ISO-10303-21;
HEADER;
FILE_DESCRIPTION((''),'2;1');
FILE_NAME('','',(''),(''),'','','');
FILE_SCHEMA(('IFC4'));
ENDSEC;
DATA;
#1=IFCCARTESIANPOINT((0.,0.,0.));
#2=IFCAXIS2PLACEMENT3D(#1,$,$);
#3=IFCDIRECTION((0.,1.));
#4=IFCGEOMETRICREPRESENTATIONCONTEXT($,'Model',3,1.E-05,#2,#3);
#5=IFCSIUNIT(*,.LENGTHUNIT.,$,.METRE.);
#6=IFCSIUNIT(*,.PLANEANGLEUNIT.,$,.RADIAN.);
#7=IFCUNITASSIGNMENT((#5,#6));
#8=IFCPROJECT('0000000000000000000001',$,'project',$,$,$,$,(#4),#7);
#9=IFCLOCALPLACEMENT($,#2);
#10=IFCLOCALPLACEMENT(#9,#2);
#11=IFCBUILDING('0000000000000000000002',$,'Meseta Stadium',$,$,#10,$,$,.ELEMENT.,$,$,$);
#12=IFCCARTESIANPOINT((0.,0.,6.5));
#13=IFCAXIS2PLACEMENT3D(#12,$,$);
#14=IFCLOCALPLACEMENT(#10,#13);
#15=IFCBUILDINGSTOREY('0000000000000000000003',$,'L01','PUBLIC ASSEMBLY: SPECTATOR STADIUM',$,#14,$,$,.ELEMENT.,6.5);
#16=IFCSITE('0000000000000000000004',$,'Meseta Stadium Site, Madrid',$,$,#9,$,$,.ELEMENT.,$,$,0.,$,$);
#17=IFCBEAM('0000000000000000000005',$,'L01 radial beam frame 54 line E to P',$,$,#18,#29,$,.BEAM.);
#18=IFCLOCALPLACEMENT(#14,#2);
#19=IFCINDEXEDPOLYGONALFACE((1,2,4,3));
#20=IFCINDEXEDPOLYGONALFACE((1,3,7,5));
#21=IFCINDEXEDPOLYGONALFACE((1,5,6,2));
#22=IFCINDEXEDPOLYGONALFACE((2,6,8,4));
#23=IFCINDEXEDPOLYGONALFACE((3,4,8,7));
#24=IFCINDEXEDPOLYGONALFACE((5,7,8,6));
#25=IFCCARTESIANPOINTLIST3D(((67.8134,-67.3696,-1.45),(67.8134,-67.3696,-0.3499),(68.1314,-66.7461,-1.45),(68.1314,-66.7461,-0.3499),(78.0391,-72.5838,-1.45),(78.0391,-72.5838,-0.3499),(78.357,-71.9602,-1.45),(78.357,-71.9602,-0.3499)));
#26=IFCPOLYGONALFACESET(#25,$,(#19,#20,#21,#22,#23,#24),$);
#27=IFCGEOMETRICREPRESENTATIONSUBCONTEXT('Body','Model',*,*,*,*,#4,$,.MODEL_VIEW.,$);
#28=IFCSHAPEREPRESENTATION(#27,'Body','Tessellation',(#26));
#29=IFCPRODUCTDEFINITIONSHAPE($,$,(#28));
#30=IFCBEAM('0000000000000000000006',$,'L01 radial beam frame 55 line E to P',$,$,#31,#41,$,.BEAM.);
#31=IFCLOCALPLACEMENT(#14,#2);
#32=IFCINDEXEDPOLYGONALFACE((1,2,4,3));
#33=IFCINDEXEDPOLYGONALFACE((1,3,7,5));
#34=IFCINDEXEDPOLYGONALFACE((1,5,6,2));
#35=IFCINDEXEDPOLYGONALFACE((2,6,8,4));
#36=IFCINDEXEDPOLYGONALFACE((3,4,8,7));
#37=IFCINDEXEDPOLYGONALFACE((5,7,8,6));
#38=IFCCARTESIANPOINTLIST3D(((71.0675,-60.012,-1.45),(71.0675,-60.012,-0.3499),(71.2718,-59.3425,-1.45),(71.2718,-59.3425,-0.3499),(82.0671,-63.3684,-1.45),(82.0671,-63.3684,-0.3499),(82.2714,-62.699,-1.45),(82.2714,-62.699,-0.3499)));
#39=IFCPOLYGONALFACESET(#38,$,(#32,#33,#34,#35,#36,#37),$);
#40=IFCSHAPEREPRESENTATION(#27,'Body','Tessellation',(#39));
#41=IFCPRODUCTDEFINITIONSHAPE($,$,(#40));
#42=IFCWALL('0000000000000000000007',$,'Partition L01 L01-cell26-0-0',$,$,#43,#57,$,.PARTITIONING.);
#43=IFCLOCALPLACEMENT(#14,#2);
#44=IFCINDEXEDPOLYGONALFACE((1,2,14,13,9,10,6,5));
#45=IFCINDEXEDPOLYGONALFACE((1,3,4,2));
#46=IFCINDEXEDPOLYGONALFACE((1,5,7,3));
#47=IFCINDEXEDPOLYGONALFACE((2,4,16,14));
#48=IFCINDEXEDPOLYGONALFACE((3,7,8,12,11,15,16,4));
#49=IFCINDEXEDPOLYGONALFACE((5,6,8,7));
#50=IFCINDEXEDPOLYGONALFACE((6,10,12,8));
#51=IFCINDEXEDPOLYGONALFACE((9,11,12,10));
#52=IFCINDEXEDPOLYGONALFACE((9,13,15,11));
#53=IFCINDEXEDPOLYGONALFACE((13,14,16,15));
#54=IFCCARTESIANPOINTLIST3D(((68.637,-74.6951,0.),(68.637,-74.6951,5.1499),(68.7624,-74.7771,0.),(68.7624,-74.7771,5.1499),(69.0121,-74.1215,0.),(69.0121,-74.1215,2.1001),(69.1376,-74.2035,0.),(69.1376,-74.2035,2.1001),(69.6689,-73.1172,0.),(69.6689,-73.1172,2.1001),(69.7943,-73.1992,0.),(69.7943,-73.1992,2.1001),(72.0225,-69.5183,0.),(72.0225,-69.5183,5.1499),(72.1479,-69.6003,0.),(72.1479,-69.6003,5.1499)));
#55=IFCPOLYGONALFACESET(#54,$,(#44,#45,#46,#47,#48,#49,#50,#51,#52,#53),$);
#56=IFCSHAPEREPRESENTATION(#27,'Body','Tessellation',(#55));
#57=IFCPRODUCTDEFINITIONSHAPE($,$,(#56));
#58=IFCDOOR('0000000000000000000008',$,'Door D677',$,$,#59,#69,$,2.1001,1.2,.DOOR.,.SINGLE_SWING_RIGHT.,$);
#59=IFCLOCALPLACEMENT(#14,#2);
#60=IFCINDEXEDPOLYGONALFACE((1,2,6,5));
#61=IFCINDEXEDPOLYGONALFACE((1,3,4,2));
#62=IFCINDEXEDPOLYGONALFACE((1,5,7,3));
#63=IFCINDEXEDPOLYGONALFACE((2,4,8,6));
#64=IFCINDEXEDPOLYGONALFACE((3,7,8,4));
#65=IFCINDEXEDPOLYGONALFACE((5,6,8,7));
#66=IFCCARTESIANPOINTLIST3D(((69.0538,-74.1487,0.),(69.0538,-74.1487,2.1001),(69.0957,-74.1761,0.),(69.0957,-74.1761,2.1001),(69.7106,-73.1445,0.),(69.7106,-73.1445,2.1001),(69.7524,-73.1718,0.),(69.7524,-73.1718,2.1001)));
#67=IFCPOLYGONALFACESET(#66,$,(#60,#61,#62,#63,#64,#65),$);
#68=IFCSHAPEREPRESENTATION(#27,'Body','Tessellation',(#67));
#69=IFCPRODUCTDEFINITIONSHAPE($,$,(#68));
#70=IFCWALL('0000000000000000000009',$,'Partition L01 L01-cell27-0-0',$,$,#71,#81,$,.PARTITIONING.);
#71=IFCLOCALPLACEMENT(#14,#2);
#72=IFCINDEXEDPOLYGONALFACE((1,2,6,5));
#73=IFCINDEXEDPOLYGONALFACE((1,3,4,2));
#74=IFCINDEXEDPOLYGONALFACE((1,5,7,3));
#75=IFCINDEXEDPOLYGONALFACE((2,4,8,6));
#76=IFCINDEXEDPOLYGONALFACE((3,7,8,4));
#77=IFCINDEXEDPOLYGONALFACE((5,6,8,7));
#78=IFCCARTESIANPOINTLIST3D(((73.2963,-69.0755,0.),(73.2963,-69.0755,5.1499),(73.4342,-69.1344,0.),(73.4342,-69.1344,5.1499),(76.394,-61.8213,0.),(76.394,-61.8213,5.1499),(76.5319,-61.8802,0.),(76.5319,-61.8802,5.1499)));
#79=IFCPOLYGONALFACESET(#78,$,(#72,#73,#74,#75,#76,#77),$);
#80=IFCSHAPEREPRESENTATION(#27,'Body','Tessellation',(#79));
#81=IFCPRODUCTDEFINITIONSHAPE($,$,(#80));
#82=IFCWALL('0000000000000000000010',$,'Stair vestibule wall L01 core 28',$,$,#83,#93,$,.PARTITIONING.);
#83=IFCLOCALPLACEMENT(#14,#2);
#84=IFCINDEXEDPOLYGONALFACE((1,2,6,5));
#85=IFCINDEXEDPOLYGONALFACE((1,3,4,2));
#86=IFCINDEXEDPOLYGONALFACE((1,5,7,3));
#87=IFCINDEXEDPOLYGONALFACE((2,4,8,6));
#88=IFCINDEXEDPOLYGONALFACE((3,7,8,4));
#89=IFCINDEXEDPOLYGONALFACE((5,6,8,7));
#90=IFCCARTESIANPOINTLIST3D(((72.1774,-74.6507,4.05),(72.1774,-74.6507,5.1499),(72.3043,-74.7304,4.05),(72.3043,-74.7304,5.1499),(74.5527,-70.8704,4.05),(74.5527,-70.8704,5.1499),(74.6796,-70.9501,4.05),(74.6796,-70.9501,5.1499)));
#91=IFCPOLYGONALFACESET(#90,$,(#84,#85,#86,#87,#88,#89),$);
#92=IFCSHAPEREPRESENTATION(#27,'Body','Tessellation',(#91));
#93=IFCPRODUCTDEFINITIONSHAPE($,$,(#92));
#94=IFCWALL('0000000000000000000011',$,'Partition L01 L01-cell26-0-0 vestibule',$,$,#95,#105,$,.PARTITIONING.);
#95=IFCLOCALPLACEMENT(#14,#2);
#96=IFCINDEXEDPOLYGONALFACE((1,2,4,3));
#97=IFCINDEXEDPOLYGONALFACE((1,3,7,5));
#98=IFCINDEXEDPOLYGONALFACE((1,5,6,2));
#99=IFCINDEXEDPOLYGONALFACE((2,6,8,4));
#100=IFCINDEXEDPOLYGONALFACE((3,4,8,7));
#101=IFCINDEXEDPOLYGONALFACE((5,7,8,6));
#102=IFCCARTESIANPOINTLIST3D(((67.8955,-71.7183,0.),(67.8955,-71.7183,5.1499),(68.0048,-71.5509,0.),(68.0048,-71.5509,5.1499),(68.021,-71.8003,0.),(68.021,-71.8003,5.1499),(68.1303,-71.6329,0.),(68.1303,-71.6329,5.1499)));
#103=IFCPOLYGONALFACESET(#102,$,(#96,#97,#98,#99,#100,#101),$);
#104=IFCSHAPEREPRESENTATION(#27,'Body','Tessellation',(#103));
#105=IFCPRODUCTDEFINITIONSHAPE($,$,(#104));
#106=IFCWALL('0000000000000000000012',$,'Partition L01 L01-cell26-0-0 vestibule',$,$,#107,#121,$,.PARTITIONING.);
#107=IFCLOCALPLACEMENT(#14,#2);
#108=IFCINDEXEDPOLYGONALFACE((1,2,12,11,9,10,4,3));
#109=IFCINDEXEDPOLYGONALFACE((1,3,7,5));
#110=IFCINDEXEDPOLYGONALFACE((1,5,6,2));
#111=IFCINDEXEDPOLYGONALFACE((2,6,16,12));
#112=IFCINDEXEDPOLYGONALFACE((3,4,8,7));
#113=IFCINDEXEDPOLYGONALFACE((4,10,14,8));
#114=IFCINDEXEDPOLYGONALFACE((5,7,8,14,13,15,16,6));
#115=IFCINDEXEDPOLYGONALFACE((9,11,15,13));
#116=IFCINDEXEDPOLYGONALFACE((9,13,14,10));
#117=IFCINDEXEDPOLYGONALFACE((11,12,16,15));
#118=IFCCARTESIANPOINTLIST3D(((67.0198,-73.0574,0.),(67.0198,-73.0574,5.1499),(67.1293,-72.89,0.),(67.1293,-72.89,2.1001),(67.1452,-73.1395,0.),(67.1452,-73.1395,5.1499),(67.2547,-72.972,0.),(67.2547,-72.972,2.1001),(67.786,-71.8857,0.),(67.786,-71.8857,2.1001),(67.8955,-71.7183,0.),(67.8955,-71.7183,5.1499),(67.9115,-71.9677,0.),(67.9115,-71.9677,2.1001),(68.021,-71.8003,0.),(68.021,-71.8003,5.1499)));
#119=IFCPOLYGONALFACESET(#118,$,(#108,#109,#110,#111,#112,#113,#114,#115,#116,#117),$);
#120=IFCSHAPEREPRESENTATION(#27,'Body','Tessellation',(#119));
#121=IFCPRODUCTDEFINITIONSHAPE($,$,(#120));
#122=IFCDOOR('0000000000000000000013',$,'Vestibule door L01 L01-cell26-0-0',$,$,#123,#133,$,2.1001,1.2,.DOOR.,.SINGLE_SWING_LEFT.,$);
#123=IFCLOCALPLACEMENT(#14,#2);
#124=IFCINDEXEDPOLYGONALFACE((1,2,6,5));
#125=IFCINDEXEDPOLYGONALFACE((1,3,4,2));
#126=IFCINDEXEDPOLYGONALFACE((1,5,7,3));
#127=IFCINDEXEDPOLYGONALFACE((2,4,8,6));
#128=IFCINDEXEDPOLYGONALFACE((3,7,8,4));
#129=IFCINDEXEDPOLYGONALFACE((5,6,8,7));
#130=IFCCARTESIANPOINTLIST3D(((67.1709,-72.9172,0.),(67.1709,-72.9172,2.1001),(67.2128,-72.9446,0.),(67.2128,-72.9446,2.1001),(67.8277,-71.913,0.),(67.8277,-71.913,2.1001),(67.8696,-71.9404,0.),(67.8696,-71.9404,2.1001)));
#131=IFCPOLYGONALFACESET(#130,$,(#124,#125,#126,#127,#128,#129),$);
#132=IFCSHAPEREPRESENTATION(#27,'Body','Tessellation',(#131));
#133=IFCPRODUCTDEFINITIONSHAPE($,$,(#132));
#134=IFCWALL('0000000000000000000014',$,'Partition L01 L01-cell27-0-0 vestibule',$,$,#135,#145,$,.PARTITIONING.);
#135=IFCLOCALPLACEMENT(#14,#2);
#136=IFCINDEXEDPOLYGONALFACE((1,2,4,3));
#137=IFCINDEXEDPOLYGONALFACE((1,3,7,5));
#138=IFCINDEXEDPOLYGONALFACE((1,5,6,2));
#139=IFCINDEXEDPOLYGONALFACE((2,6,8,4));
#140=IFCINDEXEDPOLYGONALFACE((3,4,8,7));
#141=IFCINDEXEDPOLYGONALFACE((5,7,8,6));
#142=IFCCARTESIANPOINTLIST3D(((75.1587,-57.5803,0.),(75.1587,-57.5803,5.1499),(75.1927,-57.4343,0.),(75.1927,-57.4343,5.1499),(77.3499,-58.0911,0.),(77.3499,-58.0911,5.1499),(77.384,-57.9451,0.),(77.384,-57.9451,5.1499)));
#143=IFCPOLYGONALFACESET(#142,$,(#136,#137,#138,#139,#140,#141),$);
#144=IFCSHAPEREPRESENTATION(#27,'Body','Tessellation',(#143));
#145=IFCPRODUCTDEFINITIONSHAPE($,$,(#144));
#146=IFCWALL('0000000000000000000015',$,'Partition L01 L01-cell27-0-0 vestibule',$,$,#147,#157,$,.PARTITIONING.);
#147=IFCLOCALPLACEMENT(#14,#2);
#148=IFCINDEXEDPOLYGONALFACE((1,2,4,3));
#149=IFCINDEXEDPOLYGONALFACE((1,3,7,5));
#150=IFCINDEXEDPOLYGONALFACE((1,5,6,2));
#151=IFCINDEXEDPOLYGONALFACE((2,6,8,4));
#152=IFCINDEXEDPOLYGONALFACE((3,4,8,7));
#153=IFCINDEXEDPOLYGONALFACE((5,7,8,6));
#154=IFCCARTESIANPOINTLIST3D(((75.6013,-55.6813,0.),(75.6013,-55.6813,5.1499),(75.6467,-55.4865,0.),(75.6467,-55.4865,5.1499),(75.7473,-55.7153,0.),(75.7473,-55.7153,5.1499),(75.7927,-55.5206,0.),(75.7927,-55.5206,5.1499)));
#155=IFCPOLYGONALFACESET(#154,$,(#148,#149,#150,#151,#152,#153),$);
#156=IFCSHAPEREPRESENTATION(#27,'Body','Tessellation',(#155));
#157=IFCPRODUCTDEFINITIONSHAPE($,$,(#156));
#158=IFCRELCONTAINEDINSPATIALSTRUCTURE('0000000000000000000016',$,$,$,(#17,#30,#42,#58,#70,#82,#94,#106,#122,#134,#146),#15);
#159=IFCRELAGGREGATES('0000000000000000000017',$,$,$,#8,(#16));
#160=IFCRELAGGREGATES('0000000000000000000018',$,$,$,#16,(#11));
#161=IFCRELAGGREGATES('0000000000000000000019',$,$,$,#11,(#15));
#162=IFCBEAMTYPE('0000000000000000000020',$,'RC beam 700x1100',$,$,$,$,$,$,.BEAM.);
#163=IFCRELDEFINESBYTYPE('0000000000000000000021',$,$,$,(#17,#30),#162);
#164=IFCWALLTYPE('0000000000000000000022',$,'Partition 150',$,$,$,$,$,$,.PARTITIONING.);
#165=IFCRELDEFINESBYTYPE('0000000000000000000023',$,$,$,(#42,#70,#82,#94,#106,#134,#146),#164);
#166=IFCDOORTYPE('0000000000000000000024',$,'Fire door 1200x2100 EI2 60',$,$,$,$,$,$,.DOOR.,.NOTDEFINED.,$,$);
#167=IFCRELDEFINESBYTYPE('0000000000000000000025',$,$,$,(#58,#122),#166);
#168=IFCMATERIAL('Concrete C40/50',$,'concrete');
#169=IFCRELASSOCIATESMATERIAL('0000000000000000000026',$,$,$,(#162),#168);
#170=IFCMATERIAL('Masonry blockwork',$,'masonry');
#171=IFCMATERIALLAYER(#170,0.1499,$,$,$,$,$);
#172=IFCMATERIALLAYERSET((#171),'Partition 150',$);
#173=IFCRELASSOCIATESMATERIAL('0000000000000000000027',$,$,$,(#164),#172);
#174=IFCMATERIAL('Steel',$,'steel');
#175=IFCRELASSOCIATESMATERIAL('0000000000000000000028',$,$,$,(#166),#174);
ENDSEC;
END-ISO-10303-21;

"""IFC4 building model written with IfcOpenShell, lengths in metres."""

from ifc_helpers import new_model, si_unit, direction, frame, frame_2d, origin, origin_2d, place, context, subcontext, project, spatial, rectangle, extrude, material, layer, layer_set, material_profile, profile_set, type_object, element, fill, save


model = new_model("IFC4")

# Units and contexts
model_context = context("Model", 3, precision=1e-05, world=origin(), true_north=direction((0.0, 1.0)))
body_context = subcontext(model_context, "Body", "Model", "MODEL_VIEW")
ifc_project = project(units=[si_unit("LENGTHUNIT", "METRE"), si_unit("PLANEANGLEUNIT", "RADIAN")], contexts=[model_context])

# Site, building, storey
site_placement = place(None, origin())
site = spatial("IfcSite", under=ifc_project, at=site_placement, Name="Meseta Stadium Site, Madrid", CompositionType="ELEMENT", RefElevation=0.0)
building_placement = place(site_placement, origin())
building = spatial("IfcBuilding", under=site, at=building_placement, Name="Meseta Stadium", CompositionType="ELEMENT")
storey_placement = place(building_placement, frame((0.0, 0.0, 6.5)))
storey = spatial("IfcBuildingStorey", under=building, at=storey_placement, Name="L01", Description="PUBLIC ASSEMBLY: SPECTATOR STADIUM", CompositionType="ELEMENT", Elevation=6.5)

# Beams
ifc_material_1 = material(Name="Concrete C40/50", Category="concrete")
ifc_material_profile_1 = material_profile(ifc_material_1, rectangle(XDim=0.7, YDim=1.1001, at=origin_2d()), Name="RC 700x1100")
ifc_profile_set_1 = profile_set([ifc_material_profile_1], Name="Concrete C40/50")
beam_type_1 = type_object("IfcBeamType", Name="RC beam 700x1100", PredefinedType="BEAM", material=ifc_profile_set_1)
beam_1_placement = place(storey_placement, frame((67.9724, -67.0579, -0.8999), z_axis=(0.890869, -0.454261, 0.0), x_axis=(0.454261, 0.890869, 0.0)))
element("IfcBeam", 1, at=beam_1_placement, inside=storey, type_object=beam_type_1, Name="L01 radial beam frame 54 line E to P", PredefinedType="BEAM", context=body_context, shape_type="SweptSolid", body=[
    extrude(rectangle(XDim=0.7, YDim=1.1001, at=origin_2d()), origin(), (0.0, 0.0, 1.0), 11.4783),
])
beam_2_placement = place(storey_placement, frame((71.1697, -59.6772, -0.8999), z_axis=(0.956461, -0.291859, 0.0), x_axis=(0.291859, 0.956461, 0.0)))
element("IfcBeam", 2, at=beam_2_placement, inside=storey, type_object=beam_type_1, Name="L01 radial beam frame 55 line E to P", PredefinedType="BEAM", context=body_context, shape_type="SweptSolid", body=[
    extrude(rectangle(XDim=0.7, YDim=1.1001, at=origin_2d()), origin(), (0.0, 0.0, 1.0), 11.5002),
])

# Wall, opening, door
ifc_material_2 = material(Name="Masonry blockwork", Category="masonry")
ifc_layer = layer(ifc_material_2, 0.1499)
ifc_layer_set = layer_set([ifc_layer], Name="Partition 150")
wall_type = type_object("IfcWallType", Name="Partition 150", PredefinedType="PARTITIONING", material=ifc_layer_set)
wall_1_placement = place(storey_placement, frame((72.0852, -69.5593, 0.0), z_axis=(0.0, 0.0, 1.0), x_axis=(-0.547328, -0.836918, 0.0)))
wall_1 = element("IfcWall", 3, at=wall_1_placement, inside=storey, type_object=wall_type, Name="Partition L01 L01-cell26-0-0", PredefinedType="PARTITIONING", context=body_context, shape_type="SweptSolid", body=[
    extrude(rectangle(XDim=6.1855, YDim=0.1499, at=frame_2d((3.0928, 0.0))), origin(), (0.0, 0.0, 1.0), 5.1499),
])
opening_1_placement = place(wall_1_placement, frame((4.3, 0.0, 0.0)))
opening_1 = element("IfcOpeningElement", 4, at=opening_1_placement, cuts=wall_1, PredefinedType="OPENING", context=body_context, shape_type="SweptSolid", body=[
    extrude(rectangle(XDim=1.2, YDim=2.1001, at=frame_2d((0.6001, 1.05))), frame((0.0, 0.085, 0.0), z_axis=(0.0, -1.0, 0.0), x_axis=(1.0, 0.0, 0.0)), (0.0, 0.0, 1.0), 0.1699),
])
ifc_material_3 = material(Name="Steel", Category="steel")
door_type = type_object("IfcDoorType", Name="Fire door 1200x2100 EI2 60", OperationType="NOTDEFINED", PredefinedType="DOOR", material=ifc_material_3)
door_1_placement = place(opening_1_placement, origin())
door_1 = element("IfcDoor", 5, at=door_1_placement, inside=storey, type_object=door_type, Name="Door D677", OperationType="SINGLE_SWING_RIGHT", OverallHeight=2.1001, OverallWidth=1.2, PredefinedType="DOOR", context=body_context, shape_type="SweptSolid", body=[
    extrude(rectangle(XDim=1.2, YDim=2.1001, at=frame_2d((0.6001, 1.05))), frame((0.0, 0.0249, 0.0), z_axis=(0.0, -1.0, 0.0), x_axis=(1.0, 0.0, 0.0)), (0.0, 0.0, 1.0), 0.05),
])
fill(opening_1, door_1)

# Walls
wall_2_placement = place(storey_placement, frame((76.4629, -61.8508, 0.0), z_axis=(0.0, 0.0, 1.0), x_axis=(-0.392712, -0.919661, 0.0)))
element("IfcWall", 6, at=wall_2_placement, inside=storey, type_object=wall_type, Name="Partition L01 L01-cell27-0-0", PredefinedType="PARTITIONING", context=body_context, shape_type="SweptSolid", body=[
    extrude(rectangle(XDim=7.8879, YDim=0.1499, at=frame_2d((3.9438, 0.0))), origin(), (0.0, 0.0, 1.0), 5.1499),
])
wall_3_placement = place(storey_placement, frame((74.6162, -70.9102, 4.05), z_axis=(0.0, 0.0, 1.0), x_axis=(-0.532023, -0.84673, 0.0)))
element("IfcWall", 7, at=wall_3_placement, inside=storey, type_object=wall_type, Name="Stair vestibule wall L01 core 28", PredefinedType="PARTITIONING", context=body_context, shape_type="SweptSolid", body=[
    extrude(rectangle(XDim=4.4646, YDim=0.1499, at=frame_2d((2.2324, 0.0))), origin(), (0.0, 0.0, 1.0), 1.0999),
])
wall_4_placement = place(storey_placement, frame((68.0676, -71.5918, 0.0), z_axis=(0.0, 0.0, 1.0), x_axis=(-0.546789, -0.837271, 0.0)))
element("IfcWall", 8, at=wall_4_placement, inside=storey, type_object=wall_type, Name="Partition L01 L01-cell26-0-0 vestibule", PredefinedType="PARTITIONING", context=body_context, shape_type="SweptSolid", body=[
    extrude(rectangle(XDim=0.2, YDim=0.1499, at=frame_2d((0.1001, 0.0))), origin(), (0.0, 0.0, 1.0), 5.1499),
])

# Wall, opening, door
wall_5_placement = place(storey_placement, frame((67.9583, -71.7593, 0.0), z_axis=(0.0, 0.0, 1.0), x_axis=(-0.547319, -0.836924, 0.0)))
wall_5 = element("IfcWall", 9, at=wall_5_placement, inside=storey, type_object=wall_type, Name="Partition L01 L01-cell26-0-0 vestibule", PredefinedType="PARTITIONING", context=body_context, shape_type="SweptSolid", body=[
    extrude(rectangle(XDim=1.6001, YDim=0.1499, at=frame_2d((0.8, 0.0))), origin(), (0.0, 0.0, 1.0), 5.1499),
])
opening_2_placement = place(wall_5_placement, frame((0.2, 0.0, 0.0)))
opening_2 = element("IfcOpeningElement", 10, at=opening_2_placement, cuts=wall_5, PredefinedType="OPENING", context=body_context, shape_type="SweptSolid", body=[
    extrude(rectangle(XDim=1.2, YDim=2.1001, at=frame_2d((0.6001, 1.05))), frame((0.0, 0.085, 0.0), z_axis=(0.0, -1.0, 0.0), x_axis=(1.0, 0.0, 0.0)), (0.0, 0.0, 1.0), 0.1699),
])
door_2_placement = place(opening_2_placement, origin())
door_2 = element("IfcDoor", 11, at=door_2_placement, inside=storey, type_object=door_type, Name="Vestibule door L01 L01-cell26-0-0", OperationType="SINGLE_SWING_LEFT", OverallHeight=2.1001, OverallWidth=1.2, PredefinedType="DOOR", context=body_context, shape_type="SweptSolid", body=[
    extrude(rectangle(XDim=1.2, YDim=2.1001, at=frame_2d((0.6001, 1.05))), frame((0.0, 0.0249, 0.0), z_axis=(0.0, -1.0, 0.0), x_axis=(1.0, 0.0, 0.0)), (0.0, 0.0, 1.0), 0.05),
])
fill(opening_2, door_2)

# Walls
wall_6_placement = place(storey_placement, frame((77.3669, -58.0181, 0.0), z_axis=(0.0, 0.0, 1.0), x_axis=(-0.973893, 0.227007, 0.0)))
element("IfcWall", 12, at=wall_6_placement, inside=storey, type_object=wall_type, Name="Partition L01 L01-cell27-0-0 vestibule", PredefinedType="PARTITIONING", context=body_context, shape_type="SweptSolid", body=[
    extrude(rectangle(XDim=2.25, YDim=0.1499, at=frame_2d((1.125, 0.0))), origin(), (0.0, 0.0, 1.0), 5.1499),
])
wall_7_placement = place(storey_placement, frame((75.7197, -55.5034, 0.0), z_axis=(0.0, 0.0, 1.0), x_axis=(-0.226998, -0.973895, 0.0)))
element("IfcWall", 13, at=wall_7_placement, inside=storey, type_object=wall_type, Name="Partition L01 L01-cell27-0-0 vestibule", PredefinedType="PARTITIONING", context=body_context, shape_type="SweptSolid", body=[
    extrude(rectangle(XDim=0.2, YDim=0.1499, at=frame_2d((0.1001, 0.0))), origin(), (0.0, 0.0, 1.0), 5.1499),
])

save(model, "model.ifc")
